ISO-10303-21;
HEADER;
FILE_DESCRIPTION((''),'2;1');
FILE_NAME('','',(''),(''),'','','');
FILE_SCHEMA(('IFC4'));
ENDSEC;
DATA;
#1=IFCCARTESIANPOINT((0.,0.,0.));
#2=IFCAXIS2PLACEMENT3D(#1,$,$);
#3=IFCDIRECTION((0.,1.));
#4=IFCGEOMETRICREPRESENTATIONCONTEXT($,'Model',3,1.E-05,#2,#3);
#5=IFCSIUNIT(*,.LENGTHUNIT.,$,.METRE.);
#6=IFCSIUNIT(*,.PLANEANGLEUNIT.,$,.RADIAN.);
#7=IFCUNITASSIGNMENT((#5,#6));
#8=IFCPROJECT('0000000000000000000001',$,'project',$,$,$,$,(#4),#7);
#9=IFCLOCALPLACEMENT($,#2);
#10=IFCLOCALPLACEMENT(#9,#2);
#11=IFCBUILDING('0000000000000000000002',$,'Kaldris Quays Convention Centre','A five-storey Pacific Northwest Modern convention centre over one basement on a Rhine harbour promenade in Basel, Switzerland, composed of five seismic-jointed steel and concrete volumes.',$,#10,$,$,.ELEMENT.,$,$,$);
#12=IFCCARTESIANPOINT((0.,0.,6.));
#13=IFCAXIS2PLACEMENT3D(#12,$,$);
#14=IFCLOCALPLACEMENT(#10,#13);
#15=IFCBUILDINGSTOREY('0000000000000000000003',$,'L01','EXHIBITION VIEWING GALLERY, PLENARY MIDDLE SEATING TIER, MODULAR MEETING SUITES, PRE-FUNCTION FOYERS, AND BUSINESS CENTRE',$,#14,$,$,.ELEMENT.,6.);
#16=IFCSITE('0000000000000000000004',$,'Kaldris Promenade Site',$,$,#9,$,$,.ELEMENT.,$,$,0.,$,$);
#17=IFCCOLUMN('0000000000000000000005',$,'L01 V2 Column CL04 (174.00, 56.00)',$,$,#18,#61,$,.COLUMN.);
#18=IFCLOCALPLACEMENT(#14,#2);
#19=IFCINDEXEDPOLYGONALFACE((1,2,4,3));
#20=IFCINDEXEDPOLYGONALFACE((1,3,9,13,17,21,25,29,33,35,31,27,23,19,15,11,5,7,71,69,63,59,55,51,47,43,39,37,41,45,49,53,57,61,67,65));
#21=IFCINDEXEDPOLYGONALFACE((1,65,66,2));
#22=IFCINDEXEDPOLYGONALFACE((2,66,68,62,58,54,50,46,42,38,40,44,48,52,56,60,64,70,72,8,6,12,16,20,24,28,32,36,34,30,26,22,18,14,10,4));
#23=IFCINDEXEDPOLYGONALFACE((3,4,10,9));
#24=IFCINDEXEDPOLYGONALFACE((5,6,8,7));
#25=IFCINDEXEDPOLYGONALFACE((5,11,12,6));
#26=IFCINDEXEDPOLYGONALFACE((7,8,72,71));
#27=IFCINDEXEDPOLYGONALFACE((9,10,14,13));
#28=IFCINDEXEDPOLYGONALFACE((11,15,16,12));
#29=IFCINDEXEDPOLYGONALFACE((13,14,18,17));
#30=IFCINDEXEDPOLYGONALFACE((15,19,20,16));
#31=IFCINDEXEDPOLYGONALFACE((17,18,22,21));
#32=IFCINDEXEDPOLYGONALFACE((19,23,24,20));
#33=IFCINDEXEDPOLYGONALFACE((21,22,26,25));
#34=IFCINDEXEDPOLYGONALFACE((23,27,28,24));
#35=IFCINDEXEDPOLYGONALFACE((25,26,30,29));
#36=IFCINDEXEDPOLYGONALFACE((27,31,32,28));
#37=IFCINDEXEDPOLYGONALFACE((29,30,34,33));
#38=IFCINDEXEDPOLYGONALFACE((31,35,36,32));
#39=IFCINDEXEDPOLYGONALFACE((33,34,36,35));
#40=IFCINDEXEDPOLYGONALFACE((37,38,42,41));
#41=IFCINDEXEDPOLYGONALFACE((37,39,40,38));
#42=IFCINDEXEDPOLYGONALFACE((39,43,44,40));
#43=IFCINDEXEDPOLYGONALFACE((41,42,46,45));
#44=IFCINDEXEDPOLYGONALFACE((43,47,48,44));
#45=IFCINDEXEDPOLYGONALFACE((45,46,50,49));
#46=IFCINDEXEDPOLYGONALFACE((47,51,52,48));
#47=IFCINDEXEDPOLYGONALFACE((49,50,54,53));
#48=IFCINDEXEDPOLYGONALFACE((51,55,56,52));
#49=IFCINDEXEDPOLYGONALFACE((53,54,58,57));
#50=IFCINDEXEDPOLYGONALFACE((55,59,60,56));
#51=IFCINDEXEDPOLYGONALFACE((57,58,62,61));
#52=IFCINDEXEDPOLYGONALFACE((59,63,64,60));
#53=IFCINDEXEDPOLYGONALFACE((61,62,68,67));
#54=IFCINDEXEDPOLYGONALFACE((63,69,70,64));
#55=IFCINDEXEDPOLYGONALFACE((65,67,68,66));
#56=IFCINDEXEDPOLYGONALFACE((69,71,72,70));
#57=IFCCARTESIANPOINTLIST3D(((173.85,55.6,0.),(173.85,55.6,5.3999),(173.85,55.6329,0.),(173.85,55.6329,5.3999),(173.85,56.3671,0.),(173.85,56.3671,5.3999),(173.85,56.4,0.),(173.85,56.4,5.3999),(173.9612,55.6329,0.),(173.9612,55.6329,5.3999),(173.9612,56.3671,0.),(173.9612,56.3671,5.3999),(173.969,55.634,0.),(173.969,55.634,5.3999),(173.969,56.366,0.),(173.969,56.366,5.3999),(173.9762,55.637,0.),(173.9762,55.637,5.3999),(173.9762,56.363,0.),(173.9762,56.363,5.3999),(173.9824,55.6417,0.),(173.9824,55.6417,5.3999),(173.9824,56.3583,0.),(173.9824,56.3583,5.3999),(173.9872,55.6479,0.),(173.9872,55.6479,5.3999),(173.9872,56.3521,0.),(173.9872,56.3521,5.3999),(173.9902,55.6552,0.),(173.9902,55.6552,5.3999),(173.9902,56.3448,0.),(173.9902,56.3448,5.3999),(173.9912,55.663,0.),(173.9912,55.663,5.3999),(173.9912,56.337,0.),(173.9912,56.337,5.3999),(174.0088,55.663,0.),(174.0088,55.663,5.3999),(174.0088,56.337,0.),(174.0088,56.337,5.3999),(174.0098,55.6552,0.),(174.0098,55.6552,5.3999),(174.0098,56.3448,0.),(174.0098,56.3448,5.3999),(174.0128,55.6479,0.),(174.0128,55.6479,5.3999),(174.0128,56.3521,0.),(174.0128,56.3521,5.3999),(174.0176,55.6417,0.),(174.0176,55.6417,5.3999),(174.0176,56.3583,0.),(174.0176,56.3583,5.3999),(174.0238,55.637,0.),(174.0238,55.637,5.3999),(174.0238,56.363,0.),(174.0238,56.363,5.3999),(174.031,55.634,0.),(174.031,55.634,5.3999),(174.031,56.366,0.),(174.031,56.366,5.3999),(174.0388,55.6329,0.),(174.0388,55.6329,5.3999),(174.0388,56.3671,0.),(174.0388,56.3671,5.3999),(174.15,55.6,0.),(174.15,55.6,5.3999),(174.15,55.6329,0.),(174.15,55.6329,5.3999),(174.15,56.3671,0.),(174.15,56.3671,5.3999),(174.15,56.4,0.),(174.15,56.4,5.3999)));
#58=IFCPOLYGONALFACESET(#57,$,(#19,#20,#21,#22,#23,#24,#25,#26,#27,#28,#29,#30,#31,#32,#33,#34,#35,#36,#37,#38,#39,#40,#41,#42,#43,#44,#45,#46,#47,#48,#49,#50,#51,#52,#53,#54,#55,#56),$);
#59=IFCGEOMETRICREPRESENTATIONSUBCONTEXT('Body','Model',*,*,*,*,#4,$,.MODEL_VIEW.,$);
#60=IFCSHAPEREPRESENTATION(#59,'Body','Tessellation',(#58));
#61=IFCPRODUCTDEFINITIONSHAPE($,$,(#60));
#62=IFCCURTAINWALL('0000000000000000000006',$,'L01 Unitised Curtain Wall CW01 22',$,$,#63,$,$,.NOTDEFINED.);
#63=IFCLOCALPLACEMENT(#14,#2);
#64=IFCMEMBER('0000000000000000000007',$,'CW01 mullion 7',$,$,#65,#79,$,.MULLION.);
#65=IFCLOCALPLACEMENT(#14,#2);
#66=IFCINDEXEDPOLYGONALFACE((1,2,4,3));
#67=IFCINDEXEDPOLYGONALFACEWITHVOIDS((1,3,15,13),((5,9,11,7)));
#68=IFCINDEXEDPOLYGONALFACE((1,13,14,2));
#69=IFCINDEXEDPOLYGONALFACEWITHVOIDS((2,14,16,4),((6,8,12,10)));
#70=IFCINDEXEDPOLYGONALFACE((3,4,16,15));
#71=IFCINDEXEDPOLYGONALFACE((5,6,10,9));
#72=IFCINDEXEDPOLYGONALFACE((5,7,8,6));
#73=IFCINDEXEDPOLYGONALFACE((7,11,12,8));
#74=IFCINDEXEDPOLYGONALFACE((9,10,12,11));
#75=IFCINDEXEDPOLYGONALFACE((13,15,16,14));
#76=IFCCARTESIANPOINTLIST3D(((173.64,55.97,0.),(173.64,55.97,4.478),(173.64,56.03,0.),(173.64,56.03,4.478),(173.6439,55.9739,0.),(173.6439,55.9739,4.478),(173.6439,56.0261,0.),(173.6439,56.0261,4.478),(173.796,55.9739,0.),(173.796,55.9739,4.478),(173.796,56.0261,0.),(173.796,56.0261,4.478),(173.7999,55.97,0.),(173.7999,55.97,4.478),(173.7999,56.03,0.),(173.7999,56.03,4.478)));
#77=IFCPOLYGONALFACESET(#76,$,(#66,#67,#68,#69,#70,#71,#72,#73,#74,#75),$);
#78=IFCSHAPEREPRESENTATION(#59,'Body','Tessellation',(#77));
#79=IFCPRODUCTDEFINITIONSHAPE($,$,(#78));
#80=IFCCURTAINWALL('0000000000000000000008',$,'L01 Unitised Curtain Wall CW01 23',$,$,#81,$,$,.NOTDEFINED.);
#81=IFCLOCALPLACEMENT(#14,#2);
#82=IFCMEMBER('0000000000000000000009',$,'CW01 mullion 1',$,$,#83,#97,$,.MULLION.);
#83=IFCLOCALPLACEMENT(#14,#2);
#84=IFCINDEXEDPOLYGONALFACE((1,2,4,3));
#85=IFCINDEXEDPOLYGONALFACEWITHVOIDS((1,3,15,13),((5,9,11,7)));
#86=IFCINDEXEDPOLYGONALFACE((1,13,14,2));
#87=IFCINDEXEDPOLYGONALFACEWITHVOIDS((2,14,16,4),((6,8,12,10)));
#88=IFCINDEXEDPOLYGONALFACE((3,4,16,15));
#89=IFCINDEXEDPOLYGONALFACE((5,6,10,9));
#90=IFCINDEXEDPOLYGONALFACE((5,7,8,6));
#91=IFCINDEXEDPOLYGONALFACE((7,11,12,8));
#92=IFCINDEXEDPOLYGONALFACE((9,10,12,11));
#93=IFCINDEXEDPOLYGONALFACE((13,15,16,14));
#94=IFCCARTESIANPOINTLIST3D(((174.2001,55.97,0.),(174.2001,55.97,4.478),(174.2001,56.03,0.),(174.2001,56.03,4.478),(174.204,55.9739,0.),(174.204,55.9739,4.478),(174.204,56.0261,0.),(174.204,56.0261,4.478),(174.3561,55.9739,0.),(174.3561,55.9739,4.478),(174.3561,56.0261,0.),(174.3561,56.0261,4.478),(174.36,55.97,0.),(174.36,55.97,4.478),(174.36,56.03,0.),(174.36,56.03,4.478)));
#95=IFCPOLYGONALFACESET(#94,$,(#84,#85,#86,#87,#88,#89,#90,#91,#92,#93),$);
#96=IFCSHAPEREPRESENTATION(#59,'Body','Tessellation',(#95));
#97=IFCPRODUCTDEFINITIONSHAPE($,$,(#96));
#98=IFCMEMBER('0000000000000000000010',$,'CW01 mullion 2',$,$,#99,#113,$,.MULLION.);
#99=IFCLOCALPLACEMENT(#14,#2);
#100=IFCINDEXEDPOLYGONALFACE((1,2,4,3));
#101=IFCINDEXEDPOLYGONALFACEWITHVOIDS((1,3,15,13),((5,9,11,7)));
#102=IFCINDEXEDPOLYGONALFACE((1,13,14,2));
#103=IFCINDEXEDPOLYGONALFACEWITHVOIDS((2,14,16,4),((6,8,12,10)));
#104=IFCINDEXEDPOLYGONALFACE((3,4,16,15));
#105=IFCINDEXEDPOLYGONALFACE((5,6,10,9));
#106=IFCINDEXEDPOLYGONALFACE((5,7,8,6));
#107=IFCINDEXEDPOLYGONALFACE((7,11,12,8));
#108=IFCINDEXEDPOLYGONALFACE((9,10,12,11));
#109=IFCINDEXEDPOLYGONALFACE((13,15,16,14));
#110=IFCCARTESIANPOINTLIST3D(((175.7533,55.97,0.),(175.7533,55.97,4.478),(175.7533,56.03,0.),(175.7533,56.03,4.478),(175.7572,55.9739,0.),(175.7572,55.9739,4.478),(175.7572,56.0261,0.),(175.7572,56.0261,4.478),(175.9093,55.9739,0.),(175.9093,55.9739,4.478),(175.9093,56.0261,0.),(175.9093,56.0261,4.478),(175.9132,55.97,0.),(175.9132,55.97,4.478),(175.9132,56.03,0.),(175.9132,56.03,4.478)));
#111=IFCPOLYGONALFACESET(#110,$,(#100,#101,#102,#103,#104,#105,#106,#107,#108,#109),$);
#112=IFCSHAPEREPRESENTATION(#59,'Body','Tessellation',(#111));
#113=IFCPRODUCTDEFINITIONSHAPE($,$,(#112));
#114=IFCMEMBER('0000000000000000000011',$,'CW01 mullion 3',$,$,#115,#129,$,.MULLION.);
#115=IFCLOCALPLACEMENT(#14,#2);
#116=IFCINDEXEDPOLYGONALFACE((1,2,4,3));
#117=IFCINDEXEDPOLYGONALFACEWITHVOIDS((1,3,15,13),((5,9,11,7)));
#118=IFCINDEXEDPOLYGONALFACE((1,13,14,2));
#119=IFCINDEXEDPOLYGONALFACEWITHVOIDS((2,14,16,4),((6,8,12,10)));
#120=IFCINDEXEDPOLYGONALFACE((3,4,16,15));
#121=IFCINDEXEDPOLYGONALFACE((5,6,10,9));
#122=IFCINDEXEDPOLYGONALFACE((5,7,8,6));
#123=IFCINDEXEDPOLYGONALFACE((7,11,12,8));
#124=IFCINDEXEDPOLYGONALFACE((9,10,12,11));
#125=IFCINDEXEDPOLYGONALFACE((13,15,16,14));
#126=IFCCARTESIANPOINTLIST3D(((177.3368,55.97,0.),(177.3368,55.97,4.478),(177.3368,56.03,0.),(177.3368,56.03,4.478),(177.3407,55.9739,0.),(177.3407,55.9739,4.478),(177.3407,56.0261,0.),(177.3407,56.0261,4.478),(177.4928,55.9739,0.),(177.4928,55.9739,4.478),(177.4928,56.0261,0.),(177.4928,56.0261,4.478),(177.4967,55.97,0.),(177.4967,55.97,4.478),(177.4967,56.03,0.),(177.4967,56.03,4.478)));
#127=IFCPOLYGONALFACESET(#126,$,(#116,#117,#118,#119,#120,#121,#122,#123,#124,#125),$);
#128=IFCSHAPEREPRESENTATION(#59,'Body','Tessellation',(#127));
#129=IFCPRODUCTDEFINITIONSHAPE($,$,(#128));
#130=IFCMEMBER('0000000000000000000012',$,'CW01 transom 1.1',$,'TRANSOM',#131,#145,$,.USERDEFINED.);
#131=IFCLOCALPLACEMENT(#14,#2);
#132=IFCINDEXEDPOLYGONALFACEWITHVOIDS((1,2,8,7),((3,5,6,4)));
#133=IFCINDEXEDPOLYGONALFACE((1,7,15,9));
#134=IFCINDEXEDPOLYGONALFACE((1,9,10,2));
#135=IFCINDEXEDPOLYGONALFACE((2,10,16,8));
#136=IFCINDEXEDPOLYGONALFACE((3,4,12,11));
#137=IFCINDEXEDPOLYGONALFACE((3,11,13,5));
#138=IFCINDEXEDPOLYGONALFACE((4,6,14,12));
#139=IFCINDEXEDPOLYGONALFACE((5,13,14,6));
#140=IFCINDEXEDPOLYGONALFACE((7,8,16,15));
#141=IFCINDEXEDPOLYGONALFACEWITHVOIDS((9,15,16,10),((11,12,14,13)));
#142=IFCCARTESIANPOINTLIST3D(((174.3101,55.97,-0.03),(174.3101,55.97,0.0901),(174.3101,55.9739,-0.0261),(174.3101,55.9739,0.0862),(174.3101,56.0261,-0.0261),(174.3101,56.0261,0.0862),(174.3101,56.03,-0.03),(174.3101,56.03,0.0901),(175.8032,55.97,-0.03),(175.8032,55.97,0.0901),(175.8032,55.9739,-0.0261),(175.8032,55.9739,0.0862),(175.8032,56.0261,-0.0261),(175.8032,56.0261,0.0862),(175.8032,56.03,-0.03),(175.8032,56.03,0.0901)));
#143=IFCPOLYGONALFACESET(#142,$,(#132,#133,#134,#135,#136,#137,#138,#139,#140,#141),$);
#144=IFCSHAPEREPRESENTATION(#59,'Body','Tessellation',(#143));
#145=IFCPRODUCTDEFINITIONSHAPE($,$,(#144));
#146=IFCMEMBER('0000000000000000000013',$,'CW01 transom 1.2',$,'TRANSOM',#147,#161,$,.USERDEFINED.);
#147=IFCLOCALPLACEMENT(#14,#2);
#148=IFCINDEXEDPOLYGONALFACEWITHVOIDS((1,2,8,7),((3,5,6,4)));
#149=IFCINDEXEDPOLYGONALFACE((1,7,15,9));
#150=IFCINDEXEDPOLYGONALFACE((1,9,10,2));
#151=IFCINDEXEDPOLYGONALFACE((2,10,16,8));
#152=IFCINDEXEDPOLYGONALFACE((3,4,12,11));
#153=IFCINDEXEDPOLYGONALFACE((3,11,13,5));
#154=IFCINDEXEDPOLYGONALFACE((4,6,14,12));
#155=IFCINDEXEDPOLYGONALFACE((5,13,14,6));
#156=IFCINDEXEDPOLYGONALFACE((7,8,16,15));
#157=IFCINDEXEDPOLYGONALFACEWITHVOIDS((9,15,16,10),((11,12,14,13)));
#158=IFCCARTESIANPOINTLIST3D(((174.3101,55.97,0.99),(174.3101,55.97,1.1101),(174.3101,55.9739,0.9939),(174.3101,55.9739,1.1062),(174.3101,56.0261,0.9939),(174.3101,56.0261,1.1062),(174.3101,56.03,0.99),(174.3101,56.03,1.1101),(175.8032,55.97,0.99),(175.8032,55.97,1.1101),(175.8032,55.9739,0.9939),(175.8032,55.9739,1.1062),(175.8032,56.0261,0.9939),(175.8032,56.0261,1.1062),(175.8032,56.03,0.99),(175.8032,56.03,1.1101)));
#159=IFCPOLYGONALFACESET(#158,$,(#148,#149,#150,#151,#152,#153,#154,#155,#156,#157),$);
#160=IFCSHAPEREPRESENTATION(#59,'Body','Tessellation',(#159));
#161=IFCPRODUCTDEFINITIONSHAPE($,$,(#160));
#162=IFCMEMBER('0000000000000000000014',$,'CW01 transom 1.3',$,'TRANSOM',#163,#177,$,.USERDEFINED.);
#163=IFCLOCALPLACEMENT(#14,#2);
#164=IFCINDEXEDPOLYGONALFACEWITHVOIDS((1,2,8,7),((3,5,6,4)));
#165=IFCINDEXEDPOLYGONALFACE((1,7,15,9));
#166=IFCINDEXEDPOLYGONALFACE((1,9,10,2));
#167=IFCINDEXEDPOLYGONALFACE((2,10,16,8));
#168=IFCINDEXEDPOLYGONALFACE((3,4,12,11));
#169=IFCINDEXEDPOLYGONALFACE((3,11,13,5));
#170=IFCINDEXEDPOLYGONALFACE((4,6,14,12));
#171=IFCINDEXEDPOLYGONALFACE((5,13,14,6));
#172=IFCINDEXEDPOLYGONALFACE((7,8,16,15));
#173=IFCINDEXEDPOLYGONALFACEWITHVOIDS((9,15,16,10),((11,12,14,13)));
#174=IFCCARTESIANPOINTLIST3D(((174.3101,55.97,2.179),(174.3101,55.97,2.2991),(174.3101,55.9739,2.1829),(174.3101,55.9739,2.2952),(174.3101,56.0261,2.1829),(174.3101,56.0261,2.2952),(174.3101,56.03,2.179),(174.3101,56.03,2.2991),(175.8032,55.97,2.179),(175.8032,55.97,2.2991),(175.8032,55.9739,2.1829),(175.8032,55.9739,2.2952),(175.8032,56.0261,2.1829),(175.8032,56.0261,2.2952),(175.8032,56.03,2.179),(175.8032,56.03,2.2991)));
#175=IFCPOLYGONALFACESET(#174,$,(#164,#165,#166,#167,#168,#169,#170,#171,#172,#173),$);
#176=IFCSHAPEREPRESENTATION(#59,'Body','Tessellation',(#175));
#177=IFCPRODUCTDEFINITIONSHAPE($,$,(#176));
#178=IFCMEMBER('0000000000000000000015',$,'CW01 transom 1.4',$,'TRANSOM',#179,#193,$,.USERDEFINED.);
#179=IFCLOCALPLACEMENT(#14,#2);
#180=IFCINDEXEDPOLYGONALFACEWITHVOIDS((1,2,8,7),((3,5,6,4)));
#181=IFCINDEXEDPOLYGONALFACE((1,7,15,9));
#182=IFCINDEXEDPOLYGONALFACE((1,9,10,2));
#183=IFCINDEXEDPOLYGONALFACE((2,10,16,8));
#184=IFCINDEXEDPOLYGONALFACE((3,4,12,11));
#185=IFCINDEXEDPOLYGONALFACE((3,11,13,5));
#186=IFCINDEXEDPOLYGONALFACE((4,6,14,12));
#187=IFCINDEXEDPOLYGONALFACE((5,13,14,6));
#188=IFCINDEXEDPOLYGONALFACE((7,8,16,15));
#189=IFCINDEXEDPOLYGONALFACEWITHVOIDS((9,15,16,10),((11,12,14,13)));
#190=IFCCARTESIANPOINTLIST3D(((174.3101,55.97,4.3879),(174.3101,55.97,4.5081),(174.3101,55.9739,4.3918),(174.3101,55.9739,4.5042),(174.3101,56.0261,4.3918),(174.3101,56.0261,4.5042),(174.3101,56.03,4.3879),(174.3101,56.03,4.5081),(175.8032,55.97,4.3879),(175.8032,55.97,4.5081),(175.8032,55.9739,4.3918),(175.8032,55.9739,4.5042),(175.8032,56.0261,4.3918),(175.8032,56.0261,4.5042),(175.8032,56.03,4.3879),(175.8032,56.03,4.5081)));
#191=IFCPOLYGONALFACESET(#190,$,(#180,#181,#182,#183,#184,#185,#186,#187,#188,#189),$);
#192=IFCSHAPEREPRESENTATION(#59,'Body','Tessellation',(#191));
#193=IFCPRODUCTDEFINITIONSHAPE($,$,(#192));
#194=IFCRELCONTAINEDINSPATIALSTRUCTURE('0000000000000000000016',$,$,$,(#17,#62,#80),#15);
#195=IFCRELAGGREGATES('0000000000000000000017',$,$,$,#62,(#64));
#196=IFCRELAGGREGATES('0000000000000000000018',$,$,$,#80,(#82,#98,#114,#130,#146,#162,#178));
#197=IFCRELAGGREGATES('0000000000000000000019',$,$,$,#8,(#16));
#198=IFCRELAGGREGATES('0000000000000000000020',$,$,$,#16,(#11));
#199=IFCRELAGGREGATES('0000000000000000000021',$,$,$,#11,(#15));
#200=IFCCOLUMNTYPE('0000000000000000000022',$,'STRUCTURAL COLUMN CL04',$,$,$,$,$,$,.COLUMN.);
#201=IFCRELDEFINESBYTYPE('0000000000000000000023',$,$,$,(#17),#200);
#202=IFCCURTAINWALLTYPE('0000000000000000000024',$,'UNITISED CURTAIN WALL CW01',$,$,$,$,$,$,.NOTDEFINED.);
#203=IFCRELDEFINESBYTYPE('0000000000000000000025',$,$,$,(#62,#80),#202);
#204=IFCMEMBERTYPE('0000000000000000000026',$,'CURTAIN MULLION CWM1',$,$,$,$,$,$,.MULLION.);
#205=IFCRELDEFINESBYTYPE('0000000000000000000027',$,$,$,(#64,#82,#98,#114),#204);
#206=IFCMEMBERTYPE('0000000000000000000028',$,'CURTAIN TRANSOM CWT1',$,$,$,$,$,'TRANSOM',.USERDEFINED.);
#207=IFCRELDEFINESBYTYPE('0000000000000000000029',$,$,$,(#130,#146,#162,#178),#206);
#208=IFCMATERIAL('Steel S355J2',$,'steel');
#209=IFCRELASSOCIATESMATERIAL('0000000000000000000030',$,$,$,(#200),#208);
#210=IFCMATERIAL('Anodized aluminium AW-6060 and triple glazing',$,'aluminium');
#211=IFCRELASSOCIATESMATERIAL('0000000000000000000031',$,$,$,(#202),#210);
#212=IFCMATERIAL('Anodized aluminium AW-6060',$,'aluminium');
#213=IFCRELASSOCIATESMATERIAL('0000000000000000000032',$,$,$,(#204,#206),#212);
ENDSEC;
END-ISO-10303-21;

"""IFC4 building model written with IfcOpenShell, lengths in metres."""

from ifc_helpers import new_model, si_unit, direction, frame, origin, origin_2d, place, context, subcontext, project, spatial, hollow_rectangle, i_section, extrude, material, material_profile, profile_set, type_object, element, aggregate, save


model = new_model("IFC4")

# Units and contexts
model_context = context("Model", 3, precision=1e-05, world=origin(), true_north=direction((0.0, 1.0)))
body_context = subcontext(model_context, "Body", "Model", "MODEL_VIEW")
ifc_project = project(units=[si_unit("LENGTHUNIT", "METRE"), si_unit("PLANEANGLEUNIT", "RADIAN")], contexts=[model_context])

# Site, building, storey
site_placement = place(None, origin())
site = spatial("IfcSite", under=ifc_project, at=site_placement, Name="Kaldris Promenade Site", CompositionType="ELEMENT", RefElevation=0.0)
building_placement = place(site_placement, origin())
building = spatial("IfcBuilding", under=site, at=building_placement, Name="Kaldris Quays Convention Centre", Description="A five-storey Pacific Northwest Modern convention centre over one basement on a Rhine harbour promenade in Basel, Switzerland, composed of five seismic-jointed steel and concrete volumes.", CompositionType="ELEMENT")
storey_placement = place(building_placement, frame((0.0, 0.0, 6.0)))
storey = spatial("IfcBuildingStorey", under=building, at=storey_placement, Name="L01", Description="EXHIBITION VIEWING GALLERY, PLENARY MIDDLE SEATING TIER, MODULAR MEETING SUITES, PRE-FUNCTION FOYERS, AND BUSINESS CENTRE", CompositionType="ELEMENT", Elevation=6.0)

# Column
ifc_material_1 = material(Name="Steel S355J2", Category="steel")
ifc_material_profile_1 = material_profile(ifc_material_1, i_section(OverallWidth=0.3, OverallDepth=0.8, WebThickness=0.0176, FlangeThickness=0.033, FilletRadius=0.03, at=origin_2d()), Name="HEB 800")
ifc_profile_set_1 = profile_set([ifc_material_profile_1], Name="Steel S355J2")
column_type = type_object("IfcColumnType", Name="STRUCTURAL COLUMN CL04", PredefinedType="COLUMN", material=ifc_profile_set_1)
column_placement = place(storey_placement, frame((174.0, 56.0, 0.0), z_axis=(0.0, 0.0, 1.0), x_axis=(1.0, 0.0, 0.0)))
element("IfcColumn", 1, at=column_placement, inside=storey, type_object=column_type, Name="L01 V2 Column CL04 (174.00, 56.00)", PredefinedType="COLUMN", context=body_context, shape_type="SweptSolid", body=[
    extrude(i_section(OverallWidth=0.3, OverallDepth=0.8, WebThickness=0.0176, FlangeThickness=0.033, FilletRadius=0.03, at=origin_2d()), origin(), (0.0, 0.0, 1.0), 5.3999),
])

# Curtain wall, member
ifc_material_2 = material(Name="Anodized aluminium AW-6060 and triple glazing", Category="aluminium")
curtain_wall_type = type_object("IfcCurtainWallType", Name="UNITISED CURTAIN WALL CW01", PredefinedType="NOTDEFINED", material=ifc_material_2)
curtain_wall_1_placement = place(storey_placement, origin())
curtain_wall_1 = element("IfcCurtainWall", 2, at=curtain_wall_1_placement, inside=storey, type_object=curtain_wall_type, Name="L01 Unitised Curtain Wall CW01 22", PredefinedType="NOTDEFINED")
ifc_material_3 = material(Name="Anodized aluminium AW-6060", Category="aluminium")
ifc_material_profile_2 = material_profile(ifc_material_3, hollow_rectangle(XDim=0.0601, YDim=0.1599, WallThickness=0.0039, at=origin_2d()), Name="RHS 160x60x4")
ifc_profile_set_2 = profile_set([ifc_material_profile_2], Name="Anodized aluminium AW-6060")
member_type_1 = type_object("IfcMemberType", Name="CURTAIN MULLION CWM1", PredefinedType="MULLION", material=ifc_profile_set_2)
member_1_placement = place(storey_placement, frame((173.72, 56.0, 0.0), z_axis=(0.0, 0.0, 1.0), x_axis=(0.0, 1.0, 0.0)))
member_1 = element("IfcMember", 3, at=member_1_placement, type_object=member_type_1, Name="CW01 mullion 7", PredefinedType="MULLION", context=body_context, shape_type="SweptSolid", body=[
    extrude(hollow_rectangle(XDim=0.0601, YDim=0.1599, WallThickness=0.0039, at=origin_2d()), origin(), (0.0, 0.0, 1.0), 4.478),
])
aggregate(curtain_wall_1, [member_1])

# Curtain wall, members
curtain_wall_2_placement = place(storey_placement, origin())
curtain_wall_2 = element("IfcCurtainWall", 4, at=curtain_wall_2_placement, inside=storey, type_object=curtain_wall_type, Name="L01 Unitised Curtain Wall CW01 23", PredefinedType="NOTDEFINED")
member_2_placement = place(storey_placement, frame((174.28, 56.0, 0.0), z_axis=(0.0, 0.0, 1.0), x_axis=(0.0, 1.0, 0.0)))
member_2 = element("IfcMember", 5, at=member_2_placement, type_object=member_type_1, Name="CW01 mullion 1", PredefinedType="MULLION", context=body_context, shape_type="SweptSolid", body=[
    extrude(hollow_rectangle(XDim=0.0601, YDim=0.1599, WallThickness=0.0039, at=origin_2d()), origin(), (0.0, 0.0, 1.0), 4.478),
])
member_3_placement = place(storey_placement, frame((175.8333, 56.0, 0.0), z_axis=(0.0, 0.0, 1.0), x_axis=(0.0, 1.0, 0.0)))
member_3 = element("IfcMember", 6, at=member_3_placement, type_object=member_type_1, Name="CW01 mullion 2", PredefinedType="MULLION", context=body_context, shape_type="SweptSolid", body=[
    extrude(hollow_rectangle(XDim=0.0601, YDim=0.1599, WallThickness=0.0039, at=origin_2d()), origin(), (0.0, 0.0, 1.0), 4.478),
])
member_4_placement = place(storey_placement, frame((177.4167, 56.0, 0.0), z_axis=(0.0, 0.0, 1.0), x_axis=(0.0, 1.0, 0.0)))
member_4 = element("IfcMember", 7, at=member_4_placement, type_object=member_type_1, Name="CW01 mullion 3", PredefinedType="MULLION", context=body_context, shape_type="SweptSolid", body=[
    extrude(hollow_rectangle(XDim=0.0601, YDim=0.1599, WallThickness=0.0039, at=origin_2d()), origin(), (0.0, 0.0, 1.0), 4.478),
])
ifc_material_profile_3 = material_profile(ifc_material_3, hollow_rectangle(XDim=0.0601, YDim=0.1201, WallThickness=0.0039, at=origin_2d()), Name="RHS 120x60x4")
ifc_profile_set_3 = profile_set([ifc_material_profile_3], Name="Anodized aluminium AW-6060")
member_type_2 = type_object("IfcMemberType", Name="CURTAIN TRANSOM CWT1", ElementType="TRANSOM", PredefinedType="USERDEFINED", material=ifc_profile_set_3)
member_5_placement = place(storey_placement, frame((174.3101, 56.0, 0.03), z_axis=(1.0, 0.0, 0.0), x_axis=(0.0, 1.0, 0.0)))
member_5 = element("IfcMember", 8, at=member_5_placement, type_object=member_type_2, Name="CW01 transom 1.1", ObjectType="TRANSOM", PredefinedType="USERDEFINED", context=body_context, shape_type="SweptSolid", body=[
    extrude(hollow_rectangle(XDim=0.0601, YDim=0.1201, WallThickness=0.0039, at=origin_2d()), origin(), (0.0, 0.0, 1.0), 1.4932),
])
member_6_placement = place(storey_placement, frame((174.3101, 56.0, 1.05), z_axis=(1.0, 0.0, 0.0), x_axis=(0.0, 1.0, 0.0)))
member_6 = element("IfcMember", 9, at=member_6_placement, type_object=member_type_2, Name="CW01 transom 1.2", ObjectType="TRANSOM", PredefinedType="USERDEFINED", context=body_context, shape_type="SweptSolid", body=[
    extrude(hollow_rectangle(XDim=0.0601, YDim=0.1201, WallThickness=0.0039, at=origin_2d()), origin(), (0.0, 0.0, 1.0), 1.4932),
])
member_7_placement = place(storey_placement, frame((174.3101, 56.0, 2.239), z_axis=(1.0, 0.0, 0.0), x_axis=(0.0, 1.0, 0.0)))
member_7 = element("IfcMember", 10, at=member_7_placement, type_object=member_type_2, Name="CW01 transom 1.3", ObjectType="TRANSOM", PredefinedType="USERDEFINED", context=body_context, shape_type="SweptSolid", body=[
    extrude(hollow_rectangle(XDim=0.0601, YDim=0.1201, WallThickness=0.0039, at=origin_2d()), origin(), (0.0, 0.0, 1.0), 1.4932),
])
member_8_placement = place(storey_placement, frame((174.3101, 56.0, 4.448), z_axis=(1.0, 0.0, 0.0), x_axis=(0.0, 1.0, 0.0)))
member_8 = element("IfcMember", 11, at=member_8_placement, type_object=member_type_2, Name="CW01 transom 1.4", ObjectType="TRANSOM", PredefinedType="USERDEFINED", context=body_context, shape_type="SweptSolid", body=[
    extrude(hollow_rectangle(XDim=0.0601, YDim=0.1201, WallThickness=0.0039, at=origin_2d()), origin(), (0.0, 0.0, 1.0), 1.4932),
])

aggregate(curtain_wall_2, [member_2, member_3, member_4, member_5, member_6, member_7, member_8])

save(model, "model.ifc")
